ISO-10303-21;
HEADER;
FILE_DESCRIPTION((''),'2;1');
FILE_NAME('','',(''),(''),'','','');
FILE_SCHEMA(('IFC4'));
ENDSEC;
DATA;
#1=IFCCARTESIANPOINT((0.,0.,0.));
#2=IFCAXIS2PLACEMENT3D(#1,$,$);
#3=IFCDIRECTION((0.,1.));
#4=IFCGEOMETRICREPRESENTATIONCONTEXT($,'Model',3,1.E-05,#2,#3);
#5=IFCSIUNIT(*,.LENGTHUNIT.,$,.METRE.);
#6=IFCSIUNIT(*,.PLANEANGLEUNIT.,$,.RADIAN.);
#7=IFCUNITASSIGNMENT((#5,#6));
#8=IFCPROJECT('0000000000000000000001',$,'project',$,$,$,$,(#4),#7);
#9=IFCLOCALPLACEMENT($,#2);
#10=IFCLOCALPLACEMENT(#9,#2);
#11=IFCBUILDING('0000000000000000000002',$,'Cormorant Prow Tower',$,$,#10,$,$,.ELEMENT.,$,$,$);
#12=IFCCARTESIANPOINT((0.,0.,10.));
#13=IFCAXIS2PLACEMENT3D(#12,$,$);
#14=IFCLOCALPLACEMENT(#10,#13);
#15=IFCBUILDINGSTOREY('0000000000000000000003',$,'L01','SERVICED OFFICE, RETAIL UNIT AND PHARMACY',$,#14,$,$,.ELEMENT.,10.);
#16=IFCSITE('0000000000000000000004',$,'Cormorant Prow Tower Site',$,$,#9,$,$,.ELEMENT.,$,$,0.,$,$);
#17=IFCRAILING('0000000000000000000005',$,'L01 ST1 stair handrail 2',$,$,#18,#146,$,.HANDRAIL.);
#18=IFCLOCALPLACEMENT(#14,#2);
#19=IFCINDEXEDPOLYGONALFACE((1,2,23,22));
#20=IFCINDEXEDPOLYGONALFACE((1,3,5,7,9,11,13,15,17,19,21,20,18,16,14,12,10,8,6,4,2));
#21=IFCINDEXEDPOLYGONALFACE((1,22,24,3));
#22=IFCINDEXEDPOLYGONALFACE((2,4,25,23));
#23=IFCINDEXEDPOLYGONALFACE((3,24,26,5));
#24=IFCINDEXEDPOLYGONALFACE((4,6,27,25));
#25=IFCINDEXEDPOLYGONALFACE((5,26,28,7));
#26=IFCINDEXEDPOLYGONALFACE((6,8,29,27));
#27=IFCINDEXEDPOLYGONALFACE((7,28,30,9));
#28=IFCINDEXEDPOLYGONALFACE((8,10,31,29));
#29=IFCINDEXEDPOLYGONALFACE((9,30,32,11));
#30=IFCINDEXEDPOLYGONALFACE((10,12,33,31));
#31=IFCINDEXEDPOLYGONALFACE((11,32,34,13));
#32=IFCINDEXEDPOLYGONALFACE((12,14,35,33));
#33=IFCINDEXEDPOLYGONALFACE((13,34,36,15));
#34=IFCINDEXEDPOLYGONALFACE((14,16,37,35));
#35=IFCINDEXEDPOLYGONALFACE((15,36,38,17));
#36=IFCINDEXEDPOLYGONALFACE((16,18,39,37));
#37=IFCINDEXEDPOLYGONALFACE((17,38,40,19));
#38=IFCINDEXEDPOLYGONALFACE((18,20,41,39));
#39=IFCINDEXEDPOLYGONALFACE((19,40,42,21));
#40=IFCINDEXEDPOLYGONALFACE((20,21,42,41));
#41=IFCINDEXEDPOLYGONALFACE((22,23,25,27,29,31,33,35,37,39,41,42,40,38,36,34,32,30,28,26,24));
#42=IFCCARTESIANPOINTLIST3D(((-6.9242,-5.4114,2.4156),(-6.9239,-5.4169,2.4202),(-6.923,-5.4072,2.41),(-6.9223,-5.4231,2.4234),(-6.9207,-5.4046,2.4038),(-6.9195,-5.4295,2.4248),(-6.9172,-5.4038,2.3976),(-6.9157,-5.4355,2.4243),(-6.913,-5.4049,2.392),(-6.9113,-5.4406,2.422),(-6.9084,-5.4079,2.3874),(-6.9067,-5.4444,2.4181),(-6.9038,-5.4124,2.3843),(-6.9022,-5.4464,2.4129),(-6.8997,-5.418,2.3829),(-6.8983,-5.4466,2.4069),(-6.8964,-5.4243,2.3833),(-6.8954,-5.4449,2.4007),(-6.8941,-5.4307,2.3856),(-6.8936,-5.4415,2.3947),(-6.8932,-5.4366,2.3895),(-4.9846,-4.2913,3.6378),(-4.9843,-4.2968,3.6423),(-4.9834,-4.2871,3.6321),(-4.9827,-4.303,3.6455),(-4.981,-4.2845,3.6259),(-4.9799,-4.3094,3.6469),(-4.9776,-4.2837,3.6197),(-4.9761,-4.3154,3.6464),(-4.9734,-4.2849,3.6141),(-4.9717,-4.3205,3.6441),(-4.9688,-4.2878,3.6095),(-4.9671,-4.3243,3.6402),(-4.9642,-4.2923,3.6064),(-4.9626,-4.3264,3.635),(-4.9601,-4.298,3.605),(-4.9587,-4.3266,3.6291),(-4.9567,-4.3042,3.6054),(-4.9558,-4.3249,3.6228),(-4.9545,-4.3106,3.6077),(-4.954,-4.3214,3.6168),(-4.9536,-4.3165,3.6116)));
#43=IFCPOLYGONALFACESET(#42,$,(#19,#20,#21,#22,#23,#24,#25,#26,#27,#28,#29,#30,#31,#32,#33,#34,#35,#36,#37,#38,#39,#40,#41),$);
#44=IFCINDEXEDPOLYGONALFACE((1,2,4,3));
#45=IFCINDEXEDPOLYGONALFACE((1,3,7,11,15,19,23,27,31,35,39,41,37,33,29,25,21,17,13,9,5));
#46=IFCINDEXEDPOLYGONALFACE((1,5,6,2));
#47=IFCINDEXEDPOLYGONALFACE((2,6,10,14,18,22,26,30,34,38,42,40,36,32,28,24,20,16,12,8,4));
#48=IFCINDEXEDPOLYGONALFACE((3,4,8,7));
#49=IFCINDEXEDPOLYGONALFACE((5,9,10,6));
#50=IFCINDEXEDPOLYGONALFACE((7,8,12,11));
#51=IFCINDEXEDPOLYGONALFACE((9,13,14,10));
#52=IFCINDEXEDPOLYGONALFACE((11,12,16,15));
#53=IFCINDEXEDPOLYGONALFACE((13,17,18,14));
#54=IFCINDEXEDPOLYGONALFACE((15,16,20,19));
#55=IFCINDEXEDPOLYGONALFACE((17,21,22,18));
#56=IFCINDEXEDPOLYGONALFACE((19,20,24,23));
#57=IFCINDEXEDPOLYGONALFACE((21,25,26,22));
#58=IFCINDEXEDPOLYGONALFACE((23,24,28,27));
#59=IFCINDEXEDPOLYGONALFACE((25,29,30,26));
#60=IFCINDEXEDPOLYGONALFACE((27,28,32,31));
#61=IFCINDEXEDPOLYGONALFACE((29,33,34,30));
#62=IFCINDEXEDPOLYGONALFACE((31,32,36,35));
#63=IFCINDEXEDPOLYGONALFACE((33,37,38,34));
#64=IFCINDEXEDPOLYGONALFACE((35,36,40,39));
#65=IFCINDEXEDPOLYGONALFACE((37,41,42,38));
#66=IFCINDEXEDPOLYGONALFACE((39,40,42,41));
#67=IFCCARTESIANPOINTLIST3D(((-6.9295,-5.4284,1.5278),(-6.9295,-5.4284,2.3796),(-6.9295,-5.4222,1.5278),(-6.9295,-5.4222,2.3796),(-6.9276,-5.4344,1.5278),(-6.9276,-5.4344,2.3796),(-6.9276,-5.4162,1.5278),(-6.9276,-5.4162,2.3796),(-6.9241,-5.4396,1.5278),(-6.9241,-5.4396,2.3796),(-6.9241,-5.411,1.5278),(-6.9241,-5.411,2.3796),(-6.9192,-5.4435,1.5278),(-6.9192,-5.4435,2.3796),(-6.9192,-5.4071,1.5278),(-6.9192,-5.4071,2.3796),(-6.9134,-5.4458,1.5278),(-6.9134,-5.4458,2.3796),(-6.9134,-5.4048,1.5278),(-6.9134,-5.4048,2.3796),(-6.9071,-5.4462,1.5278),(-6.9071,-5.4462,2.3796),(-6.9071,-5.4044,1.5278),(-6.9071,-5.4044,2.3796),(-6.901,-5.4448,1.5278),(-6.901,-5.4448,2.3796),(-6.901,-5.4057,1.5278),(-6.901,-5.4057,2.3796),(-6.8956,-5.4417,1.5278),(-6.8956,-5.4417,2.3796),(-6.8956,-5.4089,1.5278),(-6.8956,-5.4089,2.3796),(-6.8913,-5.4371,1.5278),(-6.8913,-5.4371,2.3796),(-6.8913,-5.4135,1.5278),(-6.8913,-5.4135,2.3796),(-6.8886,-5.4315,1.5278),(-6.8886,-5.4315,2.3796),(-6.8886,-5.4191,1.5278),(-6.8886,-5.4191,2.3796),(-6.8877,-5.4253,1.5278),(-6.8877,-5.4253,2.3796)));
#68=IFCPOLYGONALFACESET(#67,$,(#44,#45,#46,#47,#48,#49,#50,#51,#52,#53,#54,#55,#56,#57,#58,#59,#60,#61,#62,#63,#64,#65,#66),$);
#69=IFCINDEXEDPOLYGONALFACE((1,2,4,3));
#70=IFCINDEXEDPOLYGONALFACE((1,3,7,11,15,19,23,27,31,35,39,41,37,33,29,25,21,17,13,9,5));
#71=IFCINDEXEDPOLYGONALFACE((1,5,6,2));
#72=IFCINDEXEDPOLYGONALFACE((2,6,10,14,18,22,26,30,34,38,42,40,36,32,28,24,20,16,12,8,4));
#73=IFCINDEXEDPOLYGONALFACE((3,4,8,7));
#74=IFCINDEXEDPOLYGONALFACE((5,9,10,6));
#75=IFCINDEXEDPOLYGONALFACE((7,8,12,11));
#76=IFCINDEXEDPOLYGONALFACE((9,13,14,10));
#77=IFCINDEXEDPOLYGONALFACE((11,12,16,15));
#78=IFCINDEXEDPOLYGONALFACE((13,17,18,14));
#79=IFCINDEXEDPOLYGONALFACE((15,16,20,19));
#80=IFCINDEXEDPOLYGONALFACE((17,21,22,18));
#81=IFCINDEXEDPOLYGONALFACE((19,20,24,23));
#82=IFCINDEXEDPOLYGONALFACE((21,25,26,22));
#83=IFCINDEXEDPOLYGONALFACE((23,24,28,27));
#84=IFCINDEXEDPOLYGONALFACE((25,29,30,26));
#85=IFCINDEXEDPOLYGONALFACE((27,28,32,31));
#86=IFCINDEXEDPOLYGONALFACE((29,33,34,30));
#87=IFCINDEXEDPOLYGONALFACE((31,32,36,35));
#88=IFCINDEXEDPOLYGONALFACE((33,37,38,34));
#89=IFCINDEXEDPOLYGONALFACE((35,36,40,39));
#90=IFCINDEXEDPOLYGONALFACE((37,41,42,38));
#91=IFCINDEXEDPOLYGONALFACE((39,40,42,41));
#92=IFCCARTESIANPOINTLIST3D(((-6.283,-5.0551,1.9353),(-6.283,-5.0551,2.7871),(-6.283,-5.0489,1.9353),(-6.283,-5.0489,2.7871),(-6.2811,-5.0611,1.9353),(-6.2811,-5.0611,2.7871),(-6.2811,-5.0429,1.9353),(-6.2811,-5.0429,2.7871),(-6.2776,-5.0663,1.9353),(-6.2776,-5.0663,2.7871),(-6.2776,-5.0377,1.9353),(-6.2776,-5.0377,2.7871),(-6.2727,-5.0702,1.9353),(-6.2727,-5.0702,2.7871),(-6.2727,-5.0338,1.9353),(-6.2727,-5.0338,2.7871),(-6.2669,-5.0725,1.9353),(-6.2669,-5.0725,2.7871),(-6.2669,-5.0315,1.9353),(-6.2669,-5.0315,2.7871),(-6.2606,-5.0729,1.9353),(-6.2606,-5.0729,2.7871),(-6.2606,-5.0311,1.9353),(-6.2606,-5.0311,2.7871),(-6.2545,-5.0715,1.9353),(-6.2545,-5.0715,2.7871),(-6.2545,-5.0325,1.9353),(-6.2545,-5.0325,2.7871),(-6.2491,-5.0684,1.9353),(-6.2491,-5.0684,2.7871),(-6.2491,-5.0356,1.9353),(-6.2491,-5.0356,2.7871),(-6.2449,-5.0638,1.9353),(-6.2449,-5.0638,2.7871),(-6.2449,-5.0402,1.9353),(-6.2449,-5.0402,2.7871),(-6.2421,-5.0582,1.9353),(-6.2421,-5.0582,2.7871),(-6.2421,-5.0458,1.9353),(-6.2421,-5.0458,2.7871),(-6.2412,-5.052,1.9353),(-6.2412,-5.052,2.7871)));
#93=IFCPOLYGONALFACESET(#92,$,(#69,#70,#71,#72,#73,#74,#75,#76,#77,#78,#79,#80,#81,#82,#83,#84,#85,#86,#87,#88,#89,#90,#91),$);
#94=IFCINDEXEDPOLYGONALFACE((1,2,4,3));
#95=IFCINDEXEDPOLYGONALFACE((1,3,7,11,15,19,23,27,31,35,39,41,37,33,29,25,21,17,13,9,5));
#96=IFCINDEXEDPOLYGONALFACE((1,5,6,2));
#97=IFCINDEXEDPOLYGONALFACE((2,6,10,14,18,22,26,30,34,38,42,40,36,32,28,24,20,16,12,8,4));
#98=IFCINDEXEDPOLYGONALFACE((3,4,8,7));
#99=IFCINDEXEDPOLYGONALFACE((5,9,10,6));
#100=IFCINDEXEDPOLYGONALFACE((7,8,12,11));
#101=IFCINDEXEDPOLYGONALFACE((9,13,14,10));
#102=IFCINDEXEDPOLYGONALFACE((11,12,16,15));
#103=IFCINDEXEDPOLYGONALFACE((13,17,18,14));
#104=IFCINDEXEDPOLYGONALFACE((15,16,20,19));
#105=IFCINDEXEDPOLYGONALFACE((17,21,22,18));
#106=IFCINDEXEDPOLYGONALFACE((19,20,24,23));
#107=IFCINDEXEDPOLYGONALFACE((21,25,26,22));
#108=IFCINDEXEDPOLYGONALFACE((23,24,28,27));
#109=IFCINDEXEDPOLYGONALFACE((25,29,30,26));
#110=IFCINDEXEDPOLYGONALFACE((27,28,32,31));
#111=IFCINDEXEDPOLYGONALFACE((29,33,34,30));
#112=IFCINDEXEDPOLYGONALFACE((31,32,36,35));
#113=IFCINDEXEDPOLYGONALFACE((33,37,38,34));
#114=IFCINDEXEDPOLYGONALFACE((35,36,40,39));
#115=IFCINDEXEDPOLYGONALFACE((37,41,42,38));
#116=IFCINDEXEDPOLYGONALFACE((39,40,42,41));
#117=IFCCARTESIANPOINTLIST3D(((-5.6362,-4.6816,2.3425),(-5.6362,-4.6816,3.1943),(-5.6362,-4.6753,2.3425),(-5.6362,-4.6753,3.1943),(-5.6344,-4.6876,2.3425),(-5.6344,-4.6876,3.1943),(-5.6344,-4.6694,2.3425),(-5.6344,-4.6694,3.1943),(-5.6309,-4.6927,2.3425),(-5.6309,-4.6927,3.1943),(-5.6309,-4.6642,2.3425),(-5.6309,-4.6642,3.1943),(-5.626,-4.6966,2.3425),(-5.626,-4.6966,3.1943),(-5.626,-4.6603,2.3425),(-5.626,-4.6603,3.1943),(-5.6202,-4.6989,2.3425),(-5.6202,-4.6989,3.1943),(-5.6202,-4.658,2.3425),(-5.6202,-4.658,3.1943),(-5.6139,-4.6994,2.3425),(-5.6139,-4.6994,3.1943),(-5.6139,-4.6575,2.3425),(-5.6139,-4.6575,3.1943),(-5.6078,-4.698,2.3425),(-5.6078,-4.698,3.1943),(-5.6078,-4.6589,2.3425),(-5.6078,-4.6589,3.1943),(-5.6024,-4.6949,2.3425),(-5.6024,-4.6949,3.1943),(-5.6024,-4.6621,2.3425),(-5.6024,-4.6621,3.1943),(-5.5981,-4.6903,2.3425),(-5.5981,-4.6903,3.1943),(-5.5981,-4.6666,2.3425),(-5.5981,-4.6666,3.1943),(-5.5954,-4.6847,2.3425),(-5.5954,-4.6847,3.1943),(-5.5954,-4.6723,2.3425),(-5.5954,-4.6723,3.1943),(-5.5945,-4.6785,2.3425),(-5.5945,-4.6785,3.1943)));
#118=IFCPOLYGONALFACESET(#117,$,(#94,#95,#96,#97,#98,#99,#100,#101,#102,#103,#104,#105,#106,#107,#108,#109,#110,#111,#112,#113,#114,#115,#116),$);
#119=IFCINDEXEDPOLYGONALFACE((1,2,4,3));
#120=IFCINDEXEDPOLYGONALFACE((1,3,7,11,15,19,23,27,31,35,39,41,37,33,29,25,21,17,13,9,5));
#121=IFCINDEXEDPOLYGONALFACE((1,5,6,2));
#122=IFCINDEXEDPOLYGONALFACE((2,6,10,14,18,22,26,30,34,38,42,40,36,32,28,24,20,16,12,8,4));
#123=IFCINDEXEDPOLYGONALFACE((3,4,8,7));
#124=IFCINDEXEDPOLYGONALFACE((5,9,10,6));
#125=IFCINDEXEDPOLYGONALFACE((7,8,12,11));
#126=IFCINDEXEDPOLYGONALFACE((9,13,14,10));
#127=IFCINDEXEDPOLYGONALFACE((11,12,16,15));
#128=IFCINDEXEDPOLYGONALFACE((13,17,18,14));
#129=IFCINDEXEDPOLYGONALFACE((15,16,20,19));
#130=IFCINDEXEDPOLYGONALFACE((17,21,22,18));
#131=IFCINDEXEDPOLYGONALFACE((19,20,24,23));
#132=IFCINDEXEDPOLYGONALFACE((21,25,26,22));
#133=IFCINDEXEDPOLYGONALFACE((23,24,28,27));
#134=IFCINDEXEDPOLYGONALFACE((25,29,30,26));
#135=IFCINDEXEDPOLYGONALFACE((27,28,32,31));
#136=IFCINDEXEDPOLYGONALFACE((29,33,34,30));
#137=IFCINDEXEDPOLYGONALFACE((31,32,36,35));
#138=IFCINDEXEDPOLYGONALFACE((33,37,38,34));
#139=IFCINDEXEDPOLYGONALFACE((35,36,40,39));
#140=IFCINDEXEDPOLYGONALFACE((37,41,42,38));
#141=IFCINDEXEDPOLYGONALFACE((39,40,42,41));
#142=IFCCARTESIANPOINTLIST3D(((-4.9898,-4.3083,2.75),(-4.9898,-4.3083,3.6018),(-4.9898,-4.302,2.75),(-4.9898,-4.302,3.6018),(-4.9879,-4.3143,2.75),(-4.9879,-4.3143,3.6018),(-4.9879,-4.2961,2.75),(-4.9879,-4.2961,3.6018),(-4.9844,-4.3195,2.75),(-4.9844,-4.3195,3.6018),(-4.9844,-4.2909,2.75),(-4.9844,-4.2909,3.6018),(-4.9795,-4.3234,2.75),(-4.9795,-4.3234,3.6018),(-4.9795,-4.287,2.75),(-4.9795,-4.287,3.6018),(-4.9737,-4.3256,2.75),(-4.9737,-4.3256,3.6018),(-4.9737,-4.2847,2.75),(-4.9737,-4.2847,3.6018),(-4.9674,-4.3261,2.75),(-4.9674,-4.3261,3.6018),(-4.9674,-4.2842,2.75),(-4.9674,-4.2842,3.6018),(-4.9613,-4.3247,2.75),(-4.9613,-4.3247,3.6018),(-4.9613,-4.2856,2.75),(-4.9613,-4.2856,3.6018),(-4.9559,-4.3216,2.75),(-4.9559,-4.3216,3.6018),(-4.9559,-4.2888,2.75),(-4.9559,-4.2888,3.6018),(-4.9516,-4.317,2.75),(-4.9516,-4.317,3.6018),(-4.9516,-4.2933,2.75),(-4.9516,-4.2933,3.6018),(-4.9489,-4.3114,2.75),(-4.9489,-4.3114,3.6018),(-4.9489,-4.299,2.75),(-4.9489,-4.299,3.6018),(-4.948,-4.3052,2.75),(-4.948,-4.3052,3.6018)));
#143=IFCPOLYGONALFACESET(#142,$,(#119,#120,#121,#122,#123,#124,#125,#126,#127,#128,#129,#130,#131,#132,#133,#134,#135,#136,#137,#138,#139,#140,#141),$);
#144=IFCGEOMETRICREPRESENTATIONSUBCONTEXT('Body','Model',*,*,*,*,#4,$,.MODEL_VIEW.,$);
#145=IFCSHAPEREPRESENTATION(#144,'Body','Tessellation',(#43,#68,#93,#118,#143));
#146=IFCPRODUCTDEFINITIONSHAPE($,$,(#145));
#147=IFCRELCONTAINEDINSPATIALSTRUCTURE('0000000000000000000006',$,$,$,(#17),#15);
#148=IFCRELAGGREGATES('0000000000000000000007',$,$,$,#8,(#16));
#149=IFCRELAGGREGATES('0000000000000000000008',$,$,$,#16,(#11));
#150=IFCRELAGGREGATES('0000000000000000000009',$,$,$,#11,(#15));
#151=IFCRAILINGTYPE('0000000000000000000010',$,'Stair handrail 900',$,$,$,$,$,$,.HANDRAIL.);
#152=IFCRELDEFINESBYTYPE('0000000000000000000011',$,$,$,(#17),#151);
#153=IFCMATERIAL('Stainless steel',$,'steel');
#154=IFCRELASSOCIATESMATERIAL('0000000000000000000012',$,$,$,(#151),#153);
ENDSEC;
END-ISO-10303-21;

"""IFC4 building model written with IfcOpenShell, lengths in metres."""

from ifc_helpers import new_model, si_unit, direction, frame, origin, origin_2d, place, context, subcontext, project, spatial, circle, extrude, material, type_object, element, save


model = new_model("IFC4")

# Units and contexts
model_context = context("Model", 3, precision=1e-05, world=origin(), true_north=direction((0.0, 1.0)))
body_context = subcontext(model_context, "Body", "Model", "MODEL_VIEW")
ifc_project = project(units=[si_unit("LENGTHUNIT", "METRE"), si_unit("PLANEANGLEUNIT", "RADIAN")], contexts=[model_context])

# Site, building, storey
site_placement = place(None, origin())
site = spatial("IfcSite", under=ifc_project, at=site_placement, Name="Cormorant Prow Tower Site", CompositionType="ELEMENT", RefElevation=0.0)
building_placement = place(site_placement, origin())
building = spatial("IfcBuilding", under=site, at=building_placement, Name="Cormorant Prow Tower", CompositionType="ELEMENT")
storey_placement = place(building_placement, frame((0.0, 0.0, 10.0)))
storey = spatial("IfcBuildingStorey", under=building, at=storey_placement, Name="L01", Description="SERVICED OFFICE, RETAIL UNIT AND PHARMACY", CompositionType="ELEMENT", Elevation=10.0)

# Railing
ifc_material_1 = material(Name="Stainless steel", Category="steel")
railing_type_1 = type_object("IfcRailingType", Name="Stair handrail 900", PredefinedType="HANDRAIL", material=ifc_material_1)
railing_1_placement = place(storey_placement, frame((-6.9087, -5.4253, 1.5278)))
element("IfcRailing", 1, at=railing_1_placement, inside=storey, type_object=railing_type_1, Name="L01 ST1 stair handrail 2", PredefinedType="HANDRAIL", context=body_context, shape_type="SweptSolid", body=[
    extrude(circle(Radius=0.0239, at=origin_2d()), frame((0.0, 0.0, 0.876), z_axis=(0.760182, 0.438982, 0.478977), x_axis=(-0.500078, 0.86598, 0.0)), (0.0, 0.0, 1.0), 2.5515),
    extrude(circle(Radius=0.021, at=origin_2d()), origin(), (0.0, 0.0, 1.0), 0.8518),
    extrude(circle(Radius=0.021, at=origin_2d()), frame((0.6465, 0.3733, 0.4075)), (0.0, 0.0, 1.0), 0.8518),
    extrude(circle(Radius=0.021, at=origin_2d()), frame((1.2932, 0.7468, 0.8147)), (0.0, 0.0, 1.0), 0.8518),
    extrude(circle(Radius=0.021, at=origin_2d()), frame((1.9397, 1.1201, 1.2222)), (0.0, 0.0, 1.0), 0.8518),
])

save(model, "model.ifc")
